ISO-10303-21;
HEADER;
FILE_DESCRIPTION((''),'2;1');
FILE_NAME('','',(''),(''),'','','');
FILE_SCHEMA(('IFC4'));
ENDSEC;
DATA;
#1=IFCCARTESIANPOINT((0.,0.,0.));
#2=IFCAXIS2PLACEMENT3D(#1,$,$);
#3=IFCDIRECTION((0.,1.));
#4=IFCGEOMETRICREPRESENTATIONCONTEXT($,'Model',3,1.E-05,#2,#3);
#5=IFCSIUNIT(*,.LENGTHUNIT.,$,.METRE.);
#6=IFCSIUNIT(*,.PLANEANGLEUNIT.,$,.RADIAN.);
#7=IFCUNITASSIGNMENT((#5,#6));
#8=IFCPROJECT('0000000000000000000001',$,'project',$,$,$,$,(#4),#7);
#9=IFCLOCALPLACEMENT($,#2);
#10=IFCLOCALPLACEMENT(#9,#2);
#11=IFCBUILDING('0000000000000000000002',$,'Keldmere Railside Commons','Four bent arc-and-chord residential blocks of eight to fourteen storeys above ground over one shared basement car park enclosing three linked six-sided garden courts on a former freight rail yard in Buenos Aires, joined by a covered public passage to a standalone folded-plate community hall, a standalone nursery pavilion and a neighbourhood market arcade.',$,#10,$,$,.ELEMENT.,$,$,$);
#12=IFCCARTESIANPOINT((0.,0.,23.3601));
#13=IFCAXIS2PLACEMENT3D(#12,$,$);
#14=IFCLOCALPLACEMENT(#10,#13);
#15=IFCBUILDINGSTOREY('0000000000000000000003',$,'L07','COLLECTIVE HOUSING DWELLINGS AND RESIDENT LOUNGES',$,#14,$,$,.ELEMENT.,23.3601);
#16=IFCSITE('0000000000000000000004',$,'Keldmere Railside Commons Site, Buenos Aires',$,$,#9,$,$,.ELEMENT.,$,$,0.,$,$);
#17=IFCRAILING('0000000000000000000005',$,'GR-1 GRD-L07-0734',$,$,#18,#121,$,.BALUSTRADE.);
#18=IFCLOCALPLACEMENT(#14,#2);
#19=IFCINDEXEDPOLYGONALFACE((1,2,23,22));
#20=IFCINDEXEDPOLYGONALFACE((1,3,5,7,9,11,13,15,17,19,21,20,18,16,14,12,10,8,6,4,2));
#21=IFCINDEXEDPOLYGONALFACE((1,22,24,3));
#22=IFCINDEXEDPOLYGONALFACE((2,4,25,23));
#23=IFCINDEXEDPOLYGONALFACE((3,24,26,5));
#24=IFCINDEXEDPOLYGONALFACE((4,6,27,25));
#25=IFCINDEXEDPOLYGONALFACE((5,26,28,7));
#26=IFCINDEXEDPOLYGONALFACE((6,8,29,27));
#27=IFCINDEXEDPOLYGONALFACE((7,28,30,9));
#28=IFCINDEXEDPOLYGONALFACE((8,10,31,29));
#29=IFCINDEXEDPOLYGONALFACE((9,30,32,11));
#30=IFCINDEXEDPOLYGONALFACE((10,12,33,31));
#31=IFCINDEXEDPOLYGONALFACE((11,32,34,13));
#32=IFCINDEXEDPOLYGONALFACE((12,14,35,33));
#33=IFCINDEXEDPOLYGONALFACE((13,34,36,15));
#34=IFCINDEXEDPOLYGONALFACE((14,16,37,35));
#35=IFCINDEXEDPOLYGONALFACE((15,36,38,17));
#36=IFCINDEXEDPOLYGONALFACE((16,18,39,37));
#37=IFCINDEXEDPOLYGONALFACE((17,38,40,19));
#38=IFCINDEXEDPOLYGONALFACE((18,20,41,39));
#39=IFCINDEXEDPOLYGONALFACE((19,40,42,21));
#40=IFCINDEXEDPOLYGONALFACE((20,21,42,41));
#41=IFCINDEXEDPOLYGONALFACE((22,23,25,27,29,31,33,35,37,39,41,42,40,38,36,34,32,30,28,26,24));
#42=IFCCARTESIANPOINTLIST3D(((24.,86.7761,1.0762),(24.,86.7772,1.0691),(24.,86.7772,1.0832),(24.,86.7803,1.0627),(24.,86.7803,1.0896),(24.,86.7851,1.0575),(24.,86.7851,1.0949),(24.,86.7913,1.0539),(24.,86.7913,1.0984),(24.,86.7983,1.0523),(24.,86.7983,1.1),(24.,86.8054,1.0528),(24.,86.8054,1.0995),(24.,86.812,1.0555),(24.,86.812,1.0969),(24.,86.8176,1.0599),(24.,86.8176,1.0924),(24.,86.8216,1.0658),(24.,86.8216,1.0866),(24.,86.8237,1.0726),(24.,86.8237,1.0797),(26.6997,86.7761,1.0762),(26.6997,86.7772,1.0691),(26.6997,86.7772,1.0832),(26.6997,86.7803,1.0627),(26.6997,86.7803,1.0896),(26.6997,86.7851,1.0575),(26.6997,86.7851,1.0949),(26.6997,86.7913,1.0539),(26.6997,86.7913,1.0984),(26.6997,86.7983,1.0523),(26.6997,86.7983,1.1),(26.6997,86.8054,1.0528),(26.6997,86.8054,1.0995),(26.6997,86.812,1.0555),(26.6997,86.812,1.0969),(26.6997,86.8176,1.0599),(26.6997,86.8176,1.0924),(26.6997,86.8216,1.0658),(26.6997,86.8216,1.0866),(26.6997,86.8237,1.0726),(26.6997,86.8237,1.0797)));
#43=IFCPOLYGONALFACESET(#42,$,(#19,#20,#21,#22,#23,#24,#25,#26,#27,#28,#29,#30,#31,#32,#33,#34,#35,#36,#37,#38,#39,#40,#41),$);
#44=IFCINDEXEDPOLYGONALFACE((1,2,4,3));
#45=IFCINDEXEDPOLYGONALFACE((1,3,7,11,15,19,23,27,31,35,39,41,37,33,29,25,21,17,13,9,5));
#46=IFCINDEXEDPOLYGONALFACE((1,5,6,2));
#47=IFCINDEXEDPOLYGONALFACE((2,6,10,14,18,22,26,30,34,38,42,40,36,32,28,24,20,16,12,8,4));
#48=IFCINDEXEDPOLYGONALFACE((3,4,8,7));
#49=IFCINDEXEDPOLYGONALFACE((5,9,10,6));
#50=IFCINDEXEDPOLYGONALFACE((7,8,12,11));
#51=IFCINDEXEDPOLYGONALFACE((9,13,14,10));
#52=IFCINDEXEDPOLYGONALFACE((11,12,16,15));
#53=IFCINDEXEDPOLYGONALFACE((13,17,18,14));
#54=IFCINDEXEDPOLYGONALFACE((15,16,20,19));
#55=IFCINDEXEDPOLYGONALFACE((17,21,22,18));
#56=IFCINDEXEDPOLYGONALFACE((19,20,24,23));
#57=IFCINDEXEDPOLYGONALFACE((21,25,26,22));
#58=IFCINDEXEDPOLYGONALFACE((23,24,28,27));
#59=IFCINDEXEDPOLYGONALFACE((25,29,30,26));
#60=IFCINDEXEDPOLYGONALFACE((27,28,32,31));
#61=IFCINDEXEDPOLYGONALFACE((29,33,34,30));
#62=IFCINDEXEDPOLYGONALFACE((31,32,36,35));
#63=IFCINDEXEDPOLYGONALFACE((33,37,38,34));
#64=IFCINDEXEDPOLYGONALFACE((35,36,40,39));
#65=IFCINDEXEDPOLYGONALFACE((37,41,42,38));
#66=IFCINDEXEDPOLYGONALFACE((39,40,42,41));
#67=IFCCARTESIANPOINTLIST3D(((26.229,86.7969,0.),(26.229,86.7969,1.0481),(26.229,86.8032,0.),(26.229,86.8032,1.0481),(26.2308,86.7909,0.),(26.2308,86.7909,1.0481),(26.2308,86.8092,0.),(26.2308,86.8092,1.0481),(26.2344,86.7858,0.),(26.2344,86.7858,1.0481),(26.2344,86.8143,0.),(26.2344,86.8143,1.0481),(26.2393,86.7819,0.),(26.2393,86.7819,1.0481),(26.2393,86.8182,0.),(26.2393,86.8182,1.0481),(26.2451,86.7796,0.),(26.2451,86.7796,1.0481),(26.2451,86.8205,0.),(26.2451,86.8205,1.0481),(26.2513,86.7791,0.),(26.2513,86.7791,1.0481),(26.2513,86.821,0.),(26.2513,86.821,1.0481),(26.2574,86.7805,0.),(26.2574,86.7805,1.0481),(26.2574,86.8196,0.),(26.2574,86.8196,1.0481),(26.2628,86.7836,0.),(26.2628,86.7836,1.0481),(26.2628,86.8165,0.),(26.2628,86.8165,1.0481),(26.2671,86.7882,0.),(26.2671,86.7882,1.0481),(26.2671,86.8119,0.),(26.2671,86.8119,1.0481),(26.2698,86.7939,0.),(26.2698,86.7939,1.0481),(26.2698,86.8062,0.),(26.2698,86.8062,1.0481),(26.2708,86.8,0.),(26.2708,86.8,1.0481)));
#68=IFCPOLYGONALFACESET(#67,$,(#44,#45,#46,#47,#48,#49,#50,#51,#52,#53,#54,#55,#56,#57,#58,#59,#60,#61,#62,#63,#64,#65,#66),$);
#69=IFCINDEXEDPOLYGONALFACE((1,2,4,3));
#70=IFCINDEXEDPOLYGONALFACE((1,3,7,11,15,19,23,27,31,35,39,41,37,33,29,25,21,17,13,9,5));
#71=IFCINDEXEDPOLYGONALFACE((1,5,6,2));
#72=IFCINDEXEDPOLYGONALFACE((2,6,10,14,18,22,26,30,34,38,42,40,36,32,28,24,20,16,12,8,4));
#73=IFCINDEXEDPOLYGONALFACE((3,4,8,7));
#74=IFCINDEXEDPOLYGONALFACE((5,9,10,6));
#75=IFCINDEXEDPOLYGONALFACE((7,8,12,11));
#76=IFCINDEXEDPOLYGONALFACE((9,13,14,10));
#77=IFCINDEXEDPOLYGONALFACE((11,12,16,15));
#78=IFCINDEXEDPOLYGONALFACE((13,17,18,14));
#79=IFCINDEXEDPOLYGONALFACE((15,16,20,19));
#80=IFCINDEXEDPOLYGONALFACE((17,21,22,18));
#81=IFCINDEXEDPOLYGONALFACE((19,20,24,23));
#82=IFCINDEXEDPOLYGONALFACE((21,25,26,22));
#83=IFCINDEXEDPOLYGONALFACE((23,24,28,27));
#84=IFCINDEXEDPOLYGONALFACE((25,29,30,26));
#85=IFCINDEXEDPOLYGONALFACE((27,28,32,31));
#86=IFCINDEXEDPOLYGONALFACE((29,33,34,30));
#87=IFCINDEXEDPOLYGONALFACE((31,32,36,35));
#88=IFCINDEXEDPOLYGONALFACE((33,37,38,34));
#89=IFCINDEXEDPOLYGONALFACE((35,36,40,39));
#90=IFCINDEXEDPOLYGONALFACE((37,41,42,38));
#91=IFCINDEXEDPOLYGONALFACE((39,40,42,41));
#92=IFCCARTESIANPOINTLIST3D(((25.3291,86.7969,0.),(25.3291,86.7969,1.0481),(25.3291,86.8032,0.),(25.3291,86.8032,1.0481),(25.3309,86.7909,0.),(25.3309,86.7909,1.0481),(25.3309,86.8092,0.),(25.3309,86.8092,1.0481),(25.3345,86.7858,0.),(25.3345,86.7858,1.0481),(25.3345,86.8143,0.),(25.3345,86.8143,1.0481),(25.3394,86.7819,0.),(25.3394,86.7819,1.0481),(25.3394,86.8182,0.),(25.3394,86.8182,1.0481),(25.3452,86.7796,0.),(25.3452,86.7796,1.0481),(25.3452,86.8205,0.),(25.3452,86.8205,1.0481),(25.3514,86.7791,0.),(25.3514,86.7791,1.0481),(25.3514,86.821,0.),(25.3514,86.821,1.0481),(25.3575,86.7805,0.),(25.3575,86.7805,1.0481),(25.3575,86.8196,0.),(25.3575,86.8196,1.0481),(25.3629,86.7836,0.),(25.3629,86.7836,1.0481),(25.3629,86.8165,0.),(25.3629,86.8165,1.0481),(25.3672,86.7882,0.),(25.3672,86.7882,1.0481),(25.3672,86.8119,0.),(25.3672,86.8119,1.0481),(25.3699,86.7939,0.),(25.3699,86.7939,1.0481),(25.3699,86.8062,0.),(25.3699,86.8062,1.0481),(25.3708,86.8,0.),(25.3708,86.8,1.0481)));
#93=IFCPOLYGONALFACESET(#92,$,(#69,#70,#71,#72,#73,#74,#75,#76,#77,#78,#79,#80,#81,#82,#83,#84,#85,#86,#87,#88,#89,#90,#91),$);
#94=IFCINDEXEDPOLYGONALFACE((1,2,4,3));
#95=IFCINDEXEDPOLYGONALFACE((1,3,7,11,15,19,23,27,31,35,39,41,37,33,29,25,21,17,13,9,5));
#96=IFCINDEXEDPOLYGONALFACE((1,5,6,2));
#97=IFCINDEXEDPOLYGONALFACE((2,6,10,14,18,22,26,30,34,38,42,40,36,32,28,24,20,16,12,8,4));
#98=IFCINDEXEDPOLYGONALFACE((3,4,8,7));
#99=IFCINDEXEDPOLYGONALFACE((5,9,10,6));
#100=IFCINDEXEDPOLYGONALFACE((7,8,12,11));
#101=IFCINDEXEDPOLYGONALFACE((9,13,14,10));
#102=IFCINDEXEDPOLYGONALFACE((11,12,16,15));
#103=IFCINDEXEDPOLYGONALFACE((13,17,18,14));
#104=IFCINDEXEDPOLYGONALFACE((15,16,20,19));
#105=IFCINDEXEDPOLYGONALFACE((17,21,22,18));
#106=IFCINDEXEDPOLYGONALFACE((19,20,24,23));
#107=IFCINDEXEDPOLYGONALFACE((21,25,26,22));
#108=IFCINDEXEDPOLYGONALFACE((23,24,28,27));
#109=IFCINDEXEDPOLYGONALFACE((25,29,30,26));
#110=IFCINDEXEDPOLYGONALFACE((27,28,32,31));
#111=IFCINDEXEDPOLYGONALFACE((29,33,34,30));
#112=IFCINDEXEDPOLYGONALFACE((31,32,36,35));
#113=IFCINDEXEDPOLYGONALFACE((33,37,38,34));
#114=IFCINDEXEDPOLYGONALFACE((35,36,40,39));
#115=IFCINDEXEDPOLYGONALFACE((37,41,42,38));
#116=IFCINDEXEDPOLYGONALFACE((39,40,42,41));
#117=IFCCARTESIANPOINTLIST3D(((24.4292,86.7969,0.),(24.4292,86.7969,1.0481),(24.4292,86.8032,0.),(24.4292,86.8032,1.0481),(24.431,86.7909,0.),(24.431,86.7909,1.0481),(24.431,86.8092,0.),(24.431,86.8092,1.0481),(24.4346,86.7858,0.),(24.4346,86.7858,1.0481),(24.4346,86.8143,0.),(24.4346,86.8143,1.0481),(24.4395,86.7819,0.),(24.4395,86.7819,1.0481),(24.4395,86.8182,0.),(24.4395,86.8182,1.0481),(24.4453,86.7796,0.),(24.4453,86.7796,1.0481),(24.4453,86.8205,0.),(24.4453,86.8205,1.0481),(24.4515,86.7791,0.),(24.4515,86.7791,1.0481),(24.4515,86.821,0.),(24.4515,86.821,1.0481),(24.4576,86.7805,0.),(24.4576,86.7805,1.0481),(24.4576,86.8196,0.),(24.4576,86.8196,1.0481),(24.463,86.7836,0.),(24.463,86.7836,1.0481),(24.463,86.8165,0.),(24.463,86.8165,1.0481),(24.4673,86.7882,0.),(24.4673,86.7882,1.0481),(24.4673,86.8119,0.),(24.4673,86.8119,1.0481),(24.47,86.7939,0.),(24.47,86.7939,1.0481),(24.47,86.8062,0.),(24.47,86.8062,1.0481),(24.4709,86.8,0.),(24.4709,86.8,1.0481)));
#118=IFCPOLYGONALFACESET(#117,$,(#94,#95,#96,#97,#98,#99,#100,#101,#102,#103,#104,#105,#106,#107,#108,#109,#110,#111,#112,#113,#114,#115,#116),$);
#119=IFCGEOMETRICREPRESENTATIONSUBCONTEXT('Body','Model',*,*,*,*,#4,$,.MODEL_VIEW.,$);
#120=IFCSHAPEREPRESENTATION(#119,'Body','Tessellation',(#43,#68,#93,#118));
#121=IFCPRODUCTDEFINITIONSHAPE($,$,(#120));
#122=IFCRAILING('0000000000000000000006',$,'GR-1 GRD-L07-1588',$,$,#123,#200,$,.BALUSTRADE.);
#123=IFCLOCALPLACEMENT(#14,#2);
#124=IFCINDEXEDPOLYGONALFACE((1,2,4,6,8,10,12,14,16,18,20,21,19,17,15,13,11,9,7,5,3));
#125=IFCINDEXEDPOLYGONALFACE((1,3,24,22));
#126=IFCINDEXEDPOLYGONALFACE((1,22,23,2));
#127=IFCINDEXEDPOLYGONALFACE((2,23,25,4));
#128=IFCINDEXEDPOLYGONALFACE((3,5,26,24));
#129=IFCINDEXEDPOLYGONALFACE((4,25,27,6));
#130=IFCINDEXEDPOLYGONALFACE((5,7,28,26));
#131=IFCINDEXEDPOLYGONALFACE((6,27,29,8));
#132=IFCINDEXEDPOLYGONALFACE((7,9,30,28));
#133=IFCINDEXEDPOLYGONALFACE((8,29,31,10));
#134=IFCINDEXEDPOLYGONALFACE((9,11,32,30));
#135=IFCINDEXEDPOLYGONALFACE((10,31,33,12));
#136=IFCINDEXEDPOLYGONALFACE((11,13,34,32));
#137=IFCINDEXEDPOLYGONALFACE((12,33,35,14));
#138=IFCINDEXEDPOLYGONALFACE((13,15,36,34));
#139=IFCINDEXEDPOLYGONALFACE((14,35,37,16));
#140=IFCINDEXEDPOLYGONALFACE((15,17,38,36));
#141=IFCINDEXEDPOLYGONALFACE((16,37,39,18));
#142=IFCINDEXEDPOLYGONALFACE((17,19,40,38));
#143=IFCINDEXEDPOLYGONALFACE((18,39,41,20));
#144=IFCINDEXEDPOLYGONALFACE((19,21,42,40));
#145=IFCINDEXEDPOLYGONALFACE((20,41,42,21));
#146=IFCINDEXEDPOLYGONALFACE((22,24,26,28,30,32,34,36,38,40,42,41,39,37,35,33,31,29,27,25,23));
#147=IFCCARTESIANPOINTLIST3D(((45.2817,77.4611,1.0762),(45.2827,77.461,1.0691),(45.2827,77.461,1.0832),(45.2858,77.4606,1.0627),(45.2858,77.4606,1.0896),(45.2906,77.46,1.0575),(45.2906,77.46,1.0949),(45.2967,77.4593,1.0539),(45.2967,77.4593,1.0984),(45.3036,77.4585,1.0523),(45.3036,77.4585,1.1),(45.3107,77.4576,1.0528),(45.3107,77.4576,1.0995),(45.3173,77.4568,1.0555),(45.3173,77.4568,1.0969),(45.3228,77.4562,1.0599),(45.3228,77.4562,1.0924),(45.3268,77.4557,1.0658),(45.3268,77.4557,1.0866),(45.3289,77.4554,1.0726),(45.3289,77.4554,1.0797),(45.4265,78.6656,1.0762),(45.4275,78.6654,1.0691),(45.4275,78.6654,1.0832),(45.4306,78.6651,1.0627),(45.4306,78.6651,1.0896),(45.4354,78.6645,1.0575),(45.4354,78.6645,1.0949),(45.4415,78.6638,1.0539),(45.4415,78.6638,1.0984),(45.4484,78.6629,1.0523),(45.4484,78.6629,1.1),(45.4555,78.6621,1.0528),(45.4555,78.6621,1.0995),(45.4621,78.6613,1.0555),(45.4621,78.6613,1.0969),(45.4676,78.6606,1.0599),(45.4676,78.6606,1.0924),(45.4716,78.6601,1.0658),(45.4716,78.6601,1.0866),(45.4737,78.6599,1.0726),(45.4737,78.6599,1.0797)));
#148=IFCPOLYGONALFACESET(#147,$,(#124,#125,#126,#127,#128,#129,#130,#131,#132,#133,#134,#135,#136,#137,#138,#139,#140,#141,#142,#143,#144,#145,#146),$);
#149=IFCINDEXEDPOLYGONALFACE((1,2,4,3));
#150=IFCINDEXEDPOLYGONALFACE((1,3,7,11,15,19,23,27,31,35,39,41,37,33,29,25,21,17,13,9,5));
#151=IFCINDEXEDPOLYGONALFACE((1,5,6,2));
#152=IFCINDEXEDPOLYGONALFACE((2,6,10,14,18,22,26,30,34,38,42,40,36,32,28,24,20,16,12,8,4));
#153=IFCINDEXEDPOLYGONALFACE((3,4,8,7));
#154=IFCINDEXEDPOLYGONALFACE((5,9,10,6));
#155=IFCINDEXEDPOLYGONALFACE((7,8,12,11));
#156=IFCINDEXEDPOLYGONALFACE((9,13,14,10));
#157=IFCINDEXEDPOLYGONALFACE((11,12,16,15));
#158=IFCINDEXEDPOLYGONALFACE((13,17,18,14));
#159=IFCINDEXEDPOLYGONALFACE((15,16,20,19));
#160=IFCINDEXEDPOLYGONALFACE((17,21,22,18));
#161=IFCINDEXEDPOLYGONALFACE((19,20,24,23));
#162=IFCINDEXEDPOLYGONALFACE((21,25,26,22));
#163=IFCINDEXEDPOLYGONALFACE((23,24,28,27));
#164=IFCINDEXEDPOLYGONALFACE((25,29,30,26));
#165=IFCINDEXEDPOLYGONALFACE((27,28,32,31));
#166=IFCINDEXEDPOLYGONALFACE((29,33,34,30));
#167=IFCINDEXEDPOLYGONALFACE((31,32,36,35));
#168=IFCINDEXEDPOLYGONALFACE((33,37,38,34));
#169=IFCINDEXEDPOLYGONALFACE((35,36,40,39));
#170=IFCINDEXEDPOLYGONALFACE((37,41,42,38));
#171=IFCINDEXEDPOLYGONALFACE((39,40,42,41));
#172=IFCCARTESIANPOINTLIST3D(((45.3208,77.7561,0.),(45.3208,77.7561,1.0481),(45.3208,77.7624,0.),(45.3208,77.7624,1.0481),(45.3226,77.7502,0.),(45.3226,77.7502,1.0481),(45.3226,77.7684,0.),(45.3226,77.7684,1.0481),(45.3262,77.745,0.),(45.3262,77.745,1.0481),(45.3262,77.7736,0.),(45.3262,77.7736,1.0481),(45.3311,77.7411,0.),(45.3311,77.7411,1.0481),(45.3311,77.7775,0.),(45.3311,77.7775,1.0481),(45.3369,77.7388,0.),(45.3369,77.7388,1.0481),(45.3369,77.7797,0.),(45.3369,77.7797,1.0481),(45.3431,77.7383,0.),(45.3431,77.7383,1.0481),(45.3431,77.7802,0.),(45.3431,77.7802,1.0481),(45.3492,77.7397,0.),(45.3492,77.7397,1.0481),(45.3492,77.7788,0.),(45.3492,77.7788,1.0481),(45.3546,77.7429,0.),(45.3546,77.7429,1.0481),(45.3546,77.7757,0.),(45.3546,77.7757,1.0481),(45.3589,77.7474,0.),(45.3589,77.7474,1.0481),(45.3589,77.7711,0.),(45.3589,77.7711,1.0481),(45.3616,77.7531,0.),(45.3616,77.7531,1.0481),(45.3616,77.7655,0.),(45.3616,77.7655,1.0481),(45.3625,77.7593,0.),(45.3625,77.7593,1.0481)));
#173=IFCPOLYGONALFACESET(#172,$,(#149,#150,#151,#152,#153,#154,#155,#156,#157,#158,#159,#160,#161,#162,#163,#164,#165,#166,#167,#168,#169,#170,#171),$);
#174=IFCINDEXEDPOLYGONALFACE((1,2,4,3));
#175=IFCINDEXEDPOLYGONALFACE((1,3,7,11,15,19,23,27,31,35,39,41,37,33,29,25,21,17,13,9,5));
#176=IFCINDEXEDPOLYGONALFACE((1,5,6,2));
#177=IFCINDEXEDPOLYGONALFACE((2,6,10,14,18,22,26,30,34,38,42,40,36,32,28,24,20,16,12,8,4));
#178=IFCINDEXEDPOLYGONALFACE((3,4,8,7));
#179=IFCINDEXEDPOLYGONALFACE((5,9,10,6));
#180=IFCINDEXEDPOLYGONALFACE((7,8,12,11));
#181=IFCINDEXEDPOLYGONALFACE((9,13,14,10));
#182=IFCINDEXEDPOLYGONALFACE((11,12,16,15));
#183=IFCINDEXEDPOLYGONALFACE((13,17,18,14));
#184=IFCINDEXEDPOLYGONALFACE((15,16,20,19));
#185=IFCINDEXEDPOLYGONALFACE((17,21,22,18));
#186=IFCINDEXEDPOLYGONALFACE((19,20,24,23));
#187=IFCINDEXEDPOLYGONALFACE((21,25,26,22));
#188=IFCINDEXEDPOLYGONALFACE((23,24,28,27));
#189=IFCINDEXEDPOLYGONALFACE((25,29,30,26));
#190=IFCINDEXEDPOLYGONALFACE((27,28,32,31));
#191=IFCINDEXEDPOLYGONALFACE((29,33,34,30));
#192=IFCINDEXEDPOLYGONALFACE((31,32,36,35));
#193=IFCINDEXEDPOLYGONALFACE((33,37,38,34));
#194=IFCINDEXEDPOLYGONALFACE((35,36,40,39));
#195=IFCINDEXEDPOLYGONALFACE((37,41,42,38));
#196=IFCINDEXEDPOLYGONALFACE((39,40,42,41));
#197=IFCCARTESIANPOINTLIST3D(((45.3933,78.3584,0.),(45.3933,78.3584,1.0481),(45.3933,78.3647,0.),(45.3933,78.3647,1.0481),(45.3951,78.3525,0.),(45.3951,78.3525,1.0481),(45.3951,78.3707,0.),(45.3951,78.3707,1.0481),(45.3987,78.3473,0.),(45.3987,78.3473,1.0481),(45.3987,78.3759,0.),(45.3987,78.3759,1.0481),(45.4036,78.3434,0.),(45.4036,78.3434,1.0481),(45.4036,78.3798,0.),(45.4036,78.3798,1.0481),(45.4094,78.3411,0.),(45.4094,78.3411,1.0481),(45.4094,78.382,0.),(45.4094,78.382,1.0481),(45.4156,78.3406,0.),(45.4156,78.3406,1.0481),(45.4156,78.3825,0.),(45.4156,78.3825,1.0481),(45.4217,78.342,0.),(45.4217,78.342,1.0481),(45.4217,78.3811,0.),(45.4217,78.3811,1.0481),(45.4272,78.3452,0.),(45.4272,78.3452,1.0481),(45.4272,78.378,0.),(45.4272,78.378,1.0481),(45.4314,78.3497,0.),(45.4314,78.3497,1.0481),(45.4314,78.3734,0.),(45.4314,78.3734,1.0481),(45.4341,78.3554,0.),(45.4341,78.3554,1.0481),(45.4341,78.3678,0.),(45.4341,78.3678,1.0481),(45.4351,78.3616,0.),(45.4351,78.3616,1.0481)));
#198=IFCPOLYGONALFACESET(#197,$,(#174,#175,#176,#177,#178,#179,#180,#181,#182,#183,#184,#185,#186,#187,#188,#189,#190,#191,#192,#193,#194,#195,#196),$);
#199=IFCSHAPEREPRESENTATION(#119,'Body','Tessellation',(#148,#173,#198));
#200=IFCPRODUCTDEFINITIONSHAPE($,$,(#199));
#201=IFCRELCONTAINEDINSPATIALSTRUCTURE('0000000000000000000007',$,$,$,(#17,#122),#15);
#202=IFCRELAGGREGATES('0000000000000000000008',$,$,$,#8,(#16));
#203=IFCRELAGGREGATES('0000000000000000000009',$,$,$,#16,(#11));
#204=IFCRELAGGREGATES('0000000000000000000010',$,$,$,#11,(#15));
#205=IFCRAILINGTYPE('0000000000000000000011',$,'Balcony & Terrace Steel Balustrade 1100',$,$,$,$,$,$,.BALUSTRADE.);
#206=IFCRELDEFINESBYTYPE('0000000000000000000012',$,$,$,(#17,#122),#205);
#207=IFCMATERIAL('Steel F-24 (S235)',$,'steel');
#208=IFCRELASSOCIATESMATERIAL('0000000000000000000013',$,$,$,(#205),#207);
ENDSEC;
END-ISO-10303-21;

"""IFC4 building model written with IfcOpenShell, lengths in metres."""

from ifc_helpers import new_model, si_unit, direction, frame, origin, origin_2d, place, context, subcontext, project, spatial, circle, extrude, material, type_object, element, save


model = new_model("IFC4")

# Units and contexts
model_context = context("Model", 3, precision=1e-05, world=origin(), true_north=direction((0.0, 1.0)))
body_context = subcontext(model_context, "Body", "Model", "MODEL_VIEW")
ifc_project = project(units=[si_unit("LENGTHUNIT", "METRE"), si_unit("PLANEANGLEUNIT", "RADIAN")], contexts=[model_context])

# Site, building, storey
site_placement = place(None, origin())
site = spatial("IfcSite", under=ifc_project, at=site_placement, Name="Keldmere Railside Commons Site, Buenos Aires", CompositionType="ELEMENT", RefElevation=0.0)
building_placement = place(site_placement, origin())
building = spatial("IfcBuilding", under=site, at=building_placement, Name="Keldmere Railside Commons", Description="Four bent arc-and-chord residential blocks of eight to fourteen storeys above ground over one shared basement car park enclosing three linked six-sided garden courts on a former freight rail yard in Buenos Aires, joined by a covered public passage to a standalone folded-plate community hall, a standalone nursery pavilion and a neighbourhood market arcade.", CompositionType="ELEMENT")
storey_placement = place(building_placement, frame((0.0, 0.0, 23.3601)))
storey = spatial("IfcBuildingStorey", under=building, at=storey_placement, Name="L07", Description="COLLECTIVE HOUSING DWELLINGS AND RESIDENT LOUNGES", CompositionType="ELEMENT", Elevation=23.3601)

# Railings
ifc_material_1 = material(Name="Steel F-24 (S235)", Category="steel")
railing_type = type_object("IfcRailingType", Name="Balcony & Terrace Steel Balustrade 1100", PredefinedType="BALUSTRADE", material=ifc_material_1)
railing_1_placement = place(storey_placement, frame((26.6997, 86.8, 0.0)))
element("IfcRailing", 1, at=railing_1_placement, inside=storey, type_object=railing_type, Name="GR-1 GRD-L07-0734", PredefinedType="BALUSTRADE", context=body_context, shape_type="SweptSolid", body=[
    extrude(circle(Radius=0.0239, at=origin_2d()), frame((0.0, 0.0, 1.0762), z_axis=(-1.0, 0.0, 0.0), x_axis=(0.0, -1.0, 0.0)), (0.0, 0.0, 1.0), 2.6997),
    extrude(circle(Radius=0.021, at=origin_2d()), frame((-0.45, 0.0, 0.0)), (0.0, 0.0, 1.0), 1.0481),
    extrude(circle(Radius=0.021, at=origin_2d()), frame((-1.3499, 0.0, 0.0)), (0.0, 0.0, 1.0), 1.0481),
    extrude(circle(Radius=0.021, at=origin_2d()), frame((-2.2498, 0.0, 0.0)), (0.0, 0.0, 1.0), 1.0481),
])
railing_2_placement = place(storey_placement, frame((45.3054, 77.4583, 0.0)))
element("IfcRailing", 2, at=railing_2_placement, inside=storey, type_object=railing_type, Name="GR-1 GRD-L07-1588", PredefinedType="BALUSTRADE", context=body_context, shape_type="SweptSolid", body=[
    extrude(circle(Radius=0.0239, at=origin_2d()), frame((0.0, 0.0, 1.0762), z_axis=(0.119352, 0.992852, 0.0), x_axis=(-0.992852, 0.119352, 0.0)), (0.0, 0.0, 1.0), 1.2131),
    extrude(circle(Radius=0.021, at=origin_2d()), frame((0.0361, 0.301, 0.0)), (0.0, 0.0, 1.0), 1.0481),
    extrude(circle(Radius=0.021, at=origin_2d()), frame((0.1086, 0.9033, 0.0)), (0.0, 0.0, 1.0), 1.0481),
])

save(model, "model.ifc")
